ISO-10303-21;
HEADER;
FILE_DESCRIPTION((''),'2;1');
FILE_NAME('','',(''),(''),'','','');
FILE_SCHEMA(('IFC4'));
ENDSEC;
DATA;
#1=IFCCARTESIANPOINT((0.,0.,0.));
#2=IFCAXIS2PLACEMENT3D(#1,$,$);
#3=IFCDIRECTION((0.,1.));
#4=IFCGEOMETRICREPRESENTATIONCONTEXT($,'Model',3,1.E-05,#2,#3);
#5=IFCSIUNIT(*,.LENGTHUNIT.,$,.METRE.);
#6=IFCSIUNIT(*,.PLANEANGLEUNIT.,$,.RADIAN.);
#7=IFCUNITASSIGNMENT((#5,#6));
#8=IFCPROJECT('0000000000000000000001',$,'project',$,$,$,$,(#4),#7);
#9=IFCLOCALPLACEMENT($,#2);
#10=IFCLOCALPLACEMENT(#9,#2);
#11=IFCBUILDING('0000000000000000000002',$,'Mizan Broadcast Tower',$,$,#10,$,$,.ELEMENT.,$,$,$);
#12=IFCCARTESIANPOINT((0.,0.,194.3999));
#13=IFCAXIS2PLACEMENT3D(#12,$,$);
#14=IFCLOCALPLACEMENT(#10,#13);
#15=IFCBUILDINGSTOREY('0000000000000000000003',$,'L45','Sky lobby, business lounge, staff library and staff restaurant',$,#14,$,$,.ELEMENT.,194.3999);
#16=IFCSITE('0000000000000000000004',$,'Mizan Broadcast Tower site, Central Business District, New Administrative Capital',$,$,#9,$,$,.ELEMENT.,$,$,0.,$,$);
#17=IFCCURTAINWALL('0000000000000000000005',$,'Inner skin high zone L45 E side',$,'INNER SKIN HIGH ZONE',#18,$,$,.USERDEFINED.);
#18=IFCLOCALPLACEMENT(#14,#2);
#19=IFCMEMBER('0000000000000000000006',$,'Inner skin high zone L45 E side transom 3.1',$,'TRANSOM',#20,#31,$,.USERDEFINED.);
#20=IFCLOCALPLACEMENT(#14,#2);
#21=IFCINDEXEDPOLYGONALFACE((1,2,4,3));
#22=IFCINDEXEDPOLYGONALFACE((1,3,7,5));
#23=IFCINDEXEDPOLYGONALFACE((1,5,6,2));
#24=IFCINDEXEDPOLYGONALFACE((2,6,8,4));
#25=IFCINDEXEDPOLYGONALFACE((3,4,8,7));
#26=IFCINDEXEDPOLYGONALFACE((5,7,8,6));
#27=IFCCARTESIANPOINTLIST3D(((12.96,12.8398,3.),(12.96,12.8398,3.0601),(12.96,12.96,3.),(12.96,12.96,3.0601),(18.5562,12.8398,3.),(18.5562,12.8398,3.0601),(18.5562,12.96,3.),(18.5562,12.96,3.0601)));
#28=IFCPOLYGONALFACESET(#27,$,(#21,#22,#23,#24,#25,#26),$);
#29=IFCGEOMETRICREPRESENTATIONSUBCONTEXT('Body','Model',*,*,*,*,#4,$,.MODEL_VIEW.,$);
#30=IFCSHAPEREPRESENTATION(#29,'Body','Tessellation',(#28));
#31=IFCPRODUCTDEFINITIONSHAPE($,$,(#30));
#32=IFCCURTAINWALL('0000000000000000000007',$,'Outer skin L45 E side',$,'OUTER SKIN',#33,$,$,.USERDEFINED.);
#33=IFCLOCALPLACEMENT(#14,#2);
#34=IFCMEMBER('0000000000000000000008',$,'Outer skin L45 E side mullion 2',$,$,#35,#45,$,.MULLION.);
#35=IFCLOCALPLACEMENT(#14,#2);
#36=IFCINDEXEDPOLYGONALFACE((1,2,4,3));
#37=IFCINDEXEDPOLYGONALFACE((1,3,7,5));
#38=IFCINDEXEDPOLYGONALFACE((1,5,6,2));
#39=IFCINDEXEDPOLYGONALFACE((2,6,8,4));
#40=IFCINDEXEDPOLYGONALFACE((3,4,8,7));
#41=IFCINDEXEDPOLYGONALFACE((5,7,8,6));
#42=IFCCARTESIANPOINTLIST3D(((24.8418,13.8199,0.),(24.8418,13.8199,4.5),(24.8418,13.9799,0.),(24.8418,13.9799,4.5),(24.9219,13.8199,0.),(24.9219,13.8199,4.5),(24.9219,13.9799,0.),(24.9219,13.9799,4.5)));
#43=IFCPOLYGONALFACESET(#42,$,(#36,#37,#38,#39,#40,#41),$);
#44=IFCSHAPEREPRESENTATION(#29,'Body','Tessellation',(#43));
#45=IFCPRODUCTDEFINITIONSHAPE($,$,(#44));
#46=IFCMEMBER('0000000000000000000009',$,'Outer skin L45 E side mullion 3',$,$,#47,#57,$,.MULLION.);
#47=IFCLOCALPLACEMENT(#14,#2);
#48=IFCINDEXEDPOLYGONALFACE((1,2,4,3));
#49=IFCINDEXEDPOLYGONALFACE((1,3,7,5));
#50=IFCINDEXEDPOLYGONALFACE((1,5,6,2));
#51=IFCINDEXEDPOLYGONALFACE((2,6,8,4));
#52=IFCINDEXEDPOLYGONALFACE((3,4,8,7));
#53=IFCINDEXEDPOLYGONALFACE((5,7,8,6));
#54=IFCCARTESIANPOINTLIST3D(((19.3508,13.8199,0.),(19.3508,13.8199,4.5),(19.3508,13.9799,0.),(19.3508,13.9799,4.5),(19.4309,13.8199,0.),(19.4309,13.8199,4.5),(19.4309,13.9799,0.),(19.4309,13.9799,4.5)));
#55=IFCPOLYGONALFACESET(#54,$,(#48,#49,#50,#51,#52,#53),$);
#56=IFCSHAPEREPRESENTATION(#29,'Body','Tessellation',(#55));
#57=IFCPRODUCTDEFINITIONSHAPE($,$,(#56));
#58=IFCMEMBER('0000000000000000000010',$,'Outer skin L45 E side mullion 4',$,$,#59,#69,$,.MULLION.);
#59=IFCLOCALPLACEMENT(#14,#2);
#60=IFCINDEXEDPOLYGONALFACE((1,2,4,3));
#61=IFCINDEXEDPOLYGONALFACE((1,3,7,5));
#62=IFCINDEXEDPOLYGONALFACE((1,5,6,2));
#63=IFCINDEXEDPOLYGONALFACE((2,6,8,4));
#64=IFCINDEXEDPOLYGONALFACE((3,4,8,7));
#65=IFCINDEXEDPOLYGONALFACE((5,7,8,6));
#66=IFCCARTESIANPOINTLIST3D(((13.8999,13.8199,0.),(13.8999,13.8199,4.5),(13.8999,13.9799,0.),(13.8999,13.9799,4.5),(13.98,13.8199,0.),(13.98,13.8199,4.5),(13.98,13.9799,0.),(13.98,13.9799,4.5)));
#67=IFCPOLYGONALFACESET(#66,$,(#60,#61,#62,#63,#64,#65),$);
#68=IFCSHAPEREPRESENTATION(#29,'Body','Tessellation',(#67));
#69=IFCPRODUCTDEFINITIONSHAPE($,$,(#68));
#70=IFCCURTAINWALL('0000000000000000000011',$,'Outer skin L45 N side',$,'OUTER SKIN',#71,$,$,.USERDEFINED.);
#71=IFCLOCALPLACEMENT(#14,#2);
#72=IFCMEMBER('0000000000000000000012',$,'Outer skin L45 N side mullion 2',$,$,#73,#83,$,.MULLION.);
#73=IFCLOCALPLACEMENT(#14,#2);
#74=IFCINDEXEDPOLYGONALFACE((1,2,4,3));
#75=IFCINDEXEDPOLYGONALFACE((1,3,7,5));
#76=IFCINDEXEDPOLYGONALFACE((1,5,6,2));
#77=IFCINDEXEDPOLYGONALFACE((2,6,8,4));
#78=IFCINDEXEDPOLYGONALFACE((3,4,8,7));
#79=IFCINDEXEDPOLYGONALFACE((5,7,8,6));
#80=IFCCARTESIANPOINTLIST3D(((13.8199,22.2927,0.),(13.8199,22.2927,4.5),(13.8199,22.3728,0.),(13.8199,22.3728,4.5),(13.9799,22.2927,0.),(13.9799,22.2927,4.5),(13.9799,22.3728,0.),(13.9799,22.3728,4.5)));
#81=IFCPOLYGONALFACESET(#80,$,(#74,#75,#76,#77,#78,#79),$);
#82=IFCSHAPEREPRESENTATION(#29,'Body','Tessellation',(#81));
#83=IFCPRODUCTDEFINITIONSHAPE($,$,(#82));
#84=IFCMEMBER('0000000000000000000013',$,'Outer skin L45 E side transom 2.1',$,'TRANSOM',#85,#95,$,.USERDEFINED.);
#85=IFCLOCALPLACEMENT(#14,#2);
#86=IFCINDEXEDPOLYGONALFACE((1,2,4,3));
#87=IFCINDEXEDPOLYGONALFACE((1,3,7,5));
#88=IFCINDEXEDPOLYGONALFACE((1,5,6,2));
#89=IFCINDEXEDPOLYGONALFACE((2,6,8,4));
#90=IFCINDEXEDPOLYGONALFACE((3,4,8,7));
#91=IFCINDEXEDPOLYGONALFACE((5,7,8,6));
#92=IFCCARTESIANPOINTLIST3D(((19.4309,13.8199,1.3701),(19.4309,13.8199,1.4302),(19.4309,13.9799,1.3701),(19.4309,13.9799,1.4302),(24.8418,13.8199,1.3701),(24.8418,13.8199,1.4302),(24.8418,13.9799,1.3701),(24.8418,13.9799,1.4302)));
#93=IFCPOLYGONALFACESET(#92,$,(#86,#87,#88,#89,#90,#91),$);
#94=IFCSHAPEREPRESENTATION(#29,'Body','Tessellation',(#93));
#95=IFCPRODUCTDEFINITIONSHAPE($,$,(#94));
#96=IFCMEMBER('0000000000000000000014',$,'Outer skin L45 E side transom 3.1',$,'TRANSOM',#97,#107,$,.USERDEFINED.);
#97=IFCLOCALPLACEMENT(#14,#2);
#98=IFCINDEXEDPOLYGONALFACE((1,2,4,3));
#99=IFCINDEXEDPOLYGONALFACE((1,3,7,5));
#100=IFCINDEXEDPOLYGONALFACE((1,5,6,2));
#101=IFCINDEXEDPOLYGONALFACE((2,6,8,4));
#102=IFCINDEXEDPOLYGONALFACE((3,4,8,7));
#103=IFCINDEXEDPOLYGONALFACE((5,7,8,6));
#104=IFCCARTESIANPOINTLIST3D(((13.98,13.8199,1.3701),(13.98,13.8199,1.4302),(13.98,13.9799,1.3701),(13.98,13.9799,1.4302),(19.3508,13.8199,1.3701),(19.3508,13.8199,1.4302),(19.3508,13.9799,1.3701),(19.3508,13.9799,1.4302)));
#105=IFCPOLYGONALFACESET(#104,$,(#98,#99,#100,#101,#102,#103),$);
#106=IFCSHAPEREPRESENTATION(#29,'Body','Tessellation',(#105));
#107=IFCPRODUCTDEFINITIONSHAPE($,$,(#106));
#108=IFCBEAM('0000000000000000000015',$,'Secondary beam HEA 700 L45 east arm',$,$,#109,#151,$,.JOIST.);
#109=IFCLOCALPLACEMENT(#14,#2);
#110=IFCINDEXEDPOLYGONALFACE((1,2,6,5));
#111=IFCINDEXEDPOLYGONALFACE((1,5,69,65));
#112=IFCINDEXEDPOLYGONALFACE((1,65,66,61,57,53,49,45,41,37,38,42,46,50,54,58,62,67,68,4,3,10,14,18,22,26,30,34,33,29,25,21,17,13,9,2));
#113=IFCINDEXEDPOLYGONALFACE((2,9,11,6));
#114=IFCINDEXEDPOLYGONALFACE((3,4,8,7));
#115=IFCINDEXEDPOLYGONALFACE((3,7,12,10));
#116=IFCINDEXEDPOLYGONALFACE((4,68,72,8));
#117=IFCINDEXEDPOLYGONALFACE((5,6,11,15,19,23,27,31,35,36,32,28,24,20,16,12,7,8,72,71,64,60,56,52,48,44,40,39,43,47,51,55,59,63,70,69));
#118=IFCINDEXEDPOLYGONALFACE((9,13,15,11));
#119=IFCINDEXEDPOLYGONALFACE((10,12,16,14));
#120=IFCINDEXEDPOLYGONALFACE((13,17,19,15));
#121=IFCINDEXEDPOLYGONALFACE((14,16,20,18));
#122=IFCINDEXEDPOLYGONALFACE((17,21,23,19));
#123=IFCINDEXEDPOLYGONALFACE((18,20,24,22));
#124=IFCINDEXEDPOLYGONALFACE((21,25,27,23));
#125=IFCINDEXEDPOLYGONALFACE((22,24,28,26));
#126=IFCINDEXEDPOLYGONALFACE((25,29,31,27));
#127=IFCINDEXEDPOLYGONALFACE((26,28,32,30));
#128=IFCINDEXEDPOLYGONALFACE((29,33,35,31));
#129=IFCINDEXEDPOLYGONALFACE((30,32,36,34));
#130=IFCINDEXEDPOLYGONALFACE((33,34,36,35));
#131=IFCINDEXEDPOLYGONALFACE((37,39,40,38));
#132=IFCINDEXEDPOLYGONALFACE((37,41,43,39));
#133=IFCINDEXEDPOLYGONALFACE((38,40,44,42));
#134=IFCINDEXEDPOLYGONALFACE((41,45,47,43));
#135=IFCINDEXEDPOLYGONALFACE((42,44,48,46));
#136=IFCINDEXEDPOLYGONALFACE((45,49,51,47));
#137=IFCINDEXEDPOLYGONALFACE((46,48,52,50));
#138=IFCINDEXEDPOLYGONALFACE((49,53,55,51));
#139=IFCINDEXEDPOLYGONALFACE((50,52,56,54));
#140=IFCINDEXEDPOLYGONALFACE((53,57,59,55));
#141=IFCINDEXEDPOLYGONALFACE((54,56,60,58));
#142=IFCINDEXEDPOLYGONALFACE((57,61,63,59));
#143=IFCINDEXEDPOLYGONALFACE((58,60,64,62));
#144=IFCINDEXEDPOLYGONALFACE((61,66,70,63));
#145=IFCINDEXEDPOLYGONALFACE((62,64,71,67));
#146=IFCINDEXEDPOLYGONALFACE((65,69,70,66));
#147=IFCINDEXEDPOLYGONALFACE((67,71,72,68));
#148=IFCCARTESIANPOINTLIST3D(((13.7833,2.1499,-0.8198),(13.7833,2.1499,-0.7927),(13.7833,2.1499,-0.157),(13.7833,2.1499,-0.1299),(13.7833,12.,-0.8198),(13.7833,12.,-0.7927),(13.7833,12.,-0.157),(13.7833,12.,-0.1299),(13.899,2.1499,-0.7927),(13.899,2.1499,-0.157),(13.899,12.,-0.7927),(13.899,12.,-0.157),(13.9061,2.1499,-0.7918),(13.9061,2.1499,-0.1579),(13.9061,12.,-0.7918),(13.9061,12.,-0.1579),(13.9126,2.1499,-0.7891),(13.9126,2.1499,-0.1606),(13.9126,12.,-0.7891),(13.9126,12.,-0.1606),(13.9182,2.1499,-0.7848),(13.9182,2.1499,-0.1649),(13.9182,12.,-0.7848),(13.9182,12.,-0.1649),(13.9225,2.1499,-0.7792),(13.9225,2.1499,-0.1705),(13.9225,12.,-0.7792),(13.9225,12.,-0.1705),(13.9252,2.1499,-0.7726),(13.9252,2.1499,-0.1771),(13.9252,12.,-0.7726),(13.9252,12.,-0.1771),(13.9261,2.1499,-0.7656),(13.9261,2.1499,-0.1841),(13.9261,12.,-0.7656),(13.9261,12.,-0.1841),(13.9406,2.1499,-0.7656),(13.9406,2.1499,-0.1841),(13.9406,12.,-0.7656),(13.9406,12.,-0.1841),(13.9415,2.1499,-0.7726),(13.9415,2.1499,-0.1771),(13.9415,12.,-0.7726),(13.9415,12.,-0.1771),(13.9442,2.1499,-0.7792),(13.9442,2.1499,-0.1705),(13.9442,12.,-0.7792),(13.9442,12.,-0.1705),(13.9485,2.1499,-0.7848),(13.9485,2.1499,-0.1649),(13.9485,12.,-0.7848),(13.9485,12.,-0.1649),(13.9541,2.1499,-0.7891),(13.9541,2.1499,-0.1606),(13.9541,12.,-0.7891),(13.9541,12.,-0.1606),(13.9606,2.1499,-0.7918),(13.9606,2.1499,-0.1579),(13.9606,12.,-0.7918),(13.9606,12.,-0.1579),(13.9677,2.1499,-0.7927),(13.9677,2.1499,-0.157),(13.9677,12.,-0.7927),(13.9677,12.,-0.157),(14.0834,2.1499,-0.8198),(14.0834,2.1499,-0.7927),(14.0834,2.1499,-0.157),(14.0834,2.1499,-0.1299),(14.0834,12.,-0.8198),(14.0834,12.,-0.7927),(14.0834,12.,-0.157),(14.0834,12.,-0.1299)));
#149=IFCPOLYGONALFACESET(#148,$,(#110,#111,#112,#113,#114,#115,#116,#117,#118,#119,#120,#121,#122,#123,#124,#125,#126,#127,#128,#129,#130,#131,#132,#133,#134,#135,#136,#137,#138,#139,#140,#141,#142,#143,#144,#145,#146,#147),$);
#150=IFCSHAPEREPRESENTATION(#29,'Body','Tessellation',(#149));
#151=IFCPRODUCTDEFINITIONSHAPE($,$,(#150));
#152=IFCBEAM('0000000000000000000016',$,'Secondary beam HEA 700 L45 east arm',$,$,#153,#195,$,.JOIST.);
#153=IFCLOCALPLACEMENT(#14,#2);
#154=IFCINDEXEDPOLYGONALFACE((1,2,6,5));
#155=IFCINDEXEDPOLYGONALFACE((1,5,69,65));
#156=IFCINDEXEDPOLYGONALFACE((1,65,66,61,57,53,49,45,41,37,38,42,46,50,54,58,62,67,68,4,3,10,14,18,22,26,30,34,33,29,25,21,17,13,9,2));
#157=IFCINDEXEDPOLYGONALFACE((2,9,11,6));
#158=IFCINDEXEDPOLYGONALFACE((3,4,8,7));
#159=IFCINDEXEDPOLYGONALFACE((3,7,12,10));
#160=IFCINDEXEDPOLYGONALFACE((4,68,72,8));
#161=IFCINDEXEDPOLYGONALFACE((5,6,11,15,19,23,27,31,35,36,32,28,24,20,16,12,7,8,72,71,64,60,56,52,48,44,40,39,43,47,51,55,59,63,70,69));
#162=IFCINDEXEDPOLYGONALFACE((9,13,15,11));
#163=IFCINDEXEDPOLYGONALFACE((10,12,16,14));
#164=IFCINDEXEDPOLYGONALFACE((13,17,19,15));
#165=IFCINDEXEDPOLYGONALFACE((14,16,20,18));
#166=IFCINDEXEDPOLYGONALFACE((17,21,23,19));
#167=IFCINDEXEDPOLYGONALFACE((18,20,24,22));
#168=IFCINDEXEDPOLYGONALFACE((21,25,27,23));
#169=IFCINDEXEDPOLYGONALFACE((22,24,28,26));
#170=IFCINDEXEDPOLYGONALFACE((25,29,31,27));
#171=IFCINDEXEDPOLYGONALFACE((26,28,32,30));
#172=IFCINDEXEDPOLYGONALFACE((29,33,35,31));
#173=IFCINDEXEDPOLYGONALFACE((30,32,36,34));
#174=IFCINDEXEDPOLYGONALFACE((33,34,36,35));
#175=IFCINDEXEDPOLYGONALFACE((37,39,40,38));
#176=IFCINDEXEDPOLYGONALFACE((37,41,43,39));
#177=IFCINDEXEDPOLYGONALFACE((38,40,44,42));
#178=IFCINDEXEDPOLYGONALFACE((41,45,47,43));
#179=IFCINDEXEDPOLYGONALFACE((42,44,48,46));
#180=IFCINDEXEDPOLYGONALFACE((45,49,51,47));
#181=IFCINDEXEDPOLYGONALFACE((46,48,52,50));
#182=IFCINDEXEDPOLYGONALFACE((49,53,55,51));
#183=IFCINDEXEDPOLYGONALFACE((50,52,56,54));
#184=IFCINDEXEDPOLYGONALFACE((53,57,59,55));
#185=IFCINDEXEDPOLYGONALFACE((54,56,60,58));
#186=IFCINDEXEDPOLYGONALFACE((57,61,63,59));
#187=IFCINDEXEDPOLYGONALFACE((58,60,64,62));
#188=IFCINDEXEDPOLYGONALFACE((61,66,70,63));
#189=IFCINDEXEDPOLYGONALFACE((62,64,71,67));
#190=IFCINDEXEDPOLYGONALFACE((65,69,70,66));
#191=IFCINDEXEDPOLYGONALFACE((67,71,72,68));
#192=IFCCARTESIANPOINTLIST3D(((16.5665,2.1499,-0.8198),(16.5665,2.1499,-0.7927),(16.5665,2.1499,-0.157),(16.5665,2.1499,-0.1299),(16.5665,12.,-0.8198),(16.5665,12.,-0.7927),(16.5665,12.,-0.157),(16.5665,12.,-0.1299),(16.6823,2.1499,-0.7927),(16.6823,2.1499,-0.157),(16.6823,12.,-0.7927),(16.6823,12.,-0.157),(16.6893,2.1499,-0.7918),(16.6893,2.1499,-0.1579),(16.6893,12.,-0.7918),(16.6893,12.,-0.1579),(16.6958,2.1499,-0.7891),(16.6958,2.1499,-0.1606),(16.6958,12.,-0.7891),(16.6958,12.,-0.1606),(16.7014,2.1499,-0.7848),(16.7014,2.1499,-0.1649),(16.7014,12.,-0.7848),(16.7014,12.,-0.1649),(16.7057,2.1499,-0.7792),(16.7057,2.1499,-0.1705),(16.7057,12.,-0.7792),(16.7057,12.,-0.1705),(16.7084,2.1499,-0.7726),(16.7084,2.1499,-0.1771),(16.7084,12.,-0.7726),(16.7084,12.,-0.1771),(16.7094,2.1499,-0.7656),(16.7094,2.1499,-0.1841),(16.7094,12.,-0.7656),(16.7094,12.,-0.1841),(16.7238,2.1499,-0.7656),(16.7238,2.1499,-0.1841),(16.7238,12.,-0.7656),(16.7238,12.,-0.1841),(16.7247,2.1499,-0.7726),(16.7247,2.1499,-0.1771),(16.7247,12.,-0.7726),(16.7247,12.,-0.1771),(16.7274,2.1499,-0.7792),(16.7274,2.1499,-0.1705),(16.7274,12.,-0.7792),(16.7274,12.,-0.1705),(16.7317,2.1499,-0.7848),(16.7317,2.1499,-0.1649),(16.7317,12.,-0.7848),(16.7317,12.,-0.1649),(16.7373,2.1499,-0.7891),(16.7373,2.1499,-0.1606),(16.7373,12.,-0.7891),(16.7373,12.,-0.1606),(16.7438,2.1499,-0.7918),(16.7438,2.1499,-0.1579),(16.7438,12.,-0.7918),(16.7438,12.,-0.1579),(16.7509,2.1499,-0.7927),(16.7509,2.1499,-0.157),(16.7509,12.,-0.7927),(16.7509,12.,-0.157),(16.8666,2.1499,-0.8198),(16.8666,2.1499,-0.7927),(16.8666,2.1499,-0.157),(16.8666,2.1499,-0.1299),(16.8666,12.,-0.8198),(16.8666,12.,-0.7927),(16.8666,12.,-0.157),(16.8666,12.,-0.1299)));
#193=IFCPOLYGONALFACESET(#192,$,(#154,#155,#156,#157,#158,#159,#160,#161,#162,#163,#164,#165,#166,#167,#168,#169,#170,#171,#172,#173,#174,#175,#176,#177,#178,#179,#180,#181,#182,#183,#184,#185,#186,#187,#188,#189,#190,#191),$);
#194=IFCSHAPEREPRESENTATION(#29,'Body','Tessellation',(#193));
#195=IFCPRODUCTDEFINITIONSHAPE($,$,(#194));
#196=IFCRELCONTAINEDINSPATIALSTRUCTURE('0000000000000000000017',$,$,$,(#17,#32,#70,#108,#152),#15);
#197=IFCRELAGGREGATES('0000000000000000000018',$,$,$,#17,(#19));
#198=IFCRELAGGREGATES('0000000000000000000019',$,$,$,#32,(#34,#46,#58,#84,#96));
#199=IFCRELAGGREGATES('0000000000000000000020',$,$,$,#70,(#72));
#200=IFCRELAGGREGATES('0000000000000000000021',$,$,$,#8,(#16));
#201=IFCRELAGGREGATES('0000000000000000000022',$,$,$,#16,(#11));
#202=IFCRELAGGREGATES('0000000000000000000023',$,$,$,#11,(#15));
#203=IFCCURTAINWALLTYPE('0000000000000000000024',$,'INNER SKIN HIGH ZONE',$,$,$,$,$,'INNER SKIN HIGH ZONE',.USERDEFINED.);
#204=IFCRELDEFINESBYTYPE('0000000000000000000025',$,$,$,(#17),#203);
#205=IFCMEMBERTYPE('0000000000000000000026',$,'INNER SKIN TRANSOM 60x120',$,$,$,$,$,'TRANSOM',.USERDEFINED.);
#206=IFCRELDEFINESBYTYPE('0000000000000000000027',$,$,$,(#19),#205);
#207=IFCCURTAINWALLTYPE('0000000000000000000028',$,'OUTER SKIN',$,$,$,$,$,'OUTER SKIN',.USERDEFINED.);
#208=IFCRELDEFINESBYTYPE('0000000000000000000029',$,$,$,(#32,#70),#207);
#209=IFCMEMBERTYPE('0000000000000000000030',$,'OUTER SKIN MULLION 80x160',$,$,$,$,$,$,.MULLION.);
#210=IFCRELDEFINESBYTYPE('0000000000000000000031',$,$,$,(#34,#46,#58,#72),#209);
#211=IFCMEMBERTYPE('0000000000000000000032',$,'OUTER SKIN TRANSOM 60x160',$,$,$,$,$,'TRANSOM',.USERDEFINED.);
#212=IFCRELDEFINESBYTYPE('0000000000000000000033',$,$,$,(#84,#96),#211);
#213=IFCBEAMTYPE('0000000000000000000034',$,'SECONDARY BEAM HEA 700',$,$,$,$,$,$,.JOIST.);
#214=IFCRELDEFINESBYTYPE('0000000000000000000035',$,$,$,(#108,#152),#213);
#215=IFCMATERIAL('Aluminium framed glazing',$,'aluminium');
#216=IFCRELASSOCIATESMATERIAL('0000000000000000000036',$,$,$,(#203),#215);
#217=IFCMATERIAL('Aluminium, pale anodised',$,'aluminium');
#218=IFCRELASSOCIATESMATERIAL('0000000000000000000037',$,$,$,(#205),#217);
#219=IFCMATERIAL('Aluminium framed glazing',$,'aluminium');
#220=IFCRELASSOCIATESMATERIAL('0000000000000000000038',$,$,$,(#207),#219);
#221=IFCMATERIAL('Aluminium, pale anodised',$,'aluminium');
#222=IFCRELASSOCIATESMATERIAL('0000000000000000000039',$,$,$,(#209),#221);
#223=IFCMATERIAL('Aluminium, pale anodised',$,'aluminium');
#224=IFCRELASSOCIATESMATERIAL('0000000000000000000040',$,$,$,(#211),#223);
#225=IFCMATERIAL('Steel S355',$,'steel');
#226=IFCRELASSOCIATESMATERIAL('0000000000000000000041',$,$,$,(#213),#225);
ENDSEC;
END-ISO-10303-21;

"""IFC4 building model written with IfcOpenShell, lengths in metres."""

from ifc_helpers import new_model, si_unit, direction, frame, origin, origin_2d, place, context, subcontext, project, spatial, rectangle, i_section, extrude, material, material_profile, profile_set, type_object, element, aggregate, save


model = new_model("IFC4")

# Units and contexts
model_context = context("Model", 3, precision=1e-05, world=origin(), true_north=direction((0.0, 1.0)))
body_context = subcontext(model_context, "Body", "Model", "MODEL_VIEW")
ifc_project = project(units=[si_unit("LENGTHUNIT", "METRE"), si_unit("PLANEANGLEUNIT", "RADIAN")], contexts=[model_context])

# Site, building, storey
site_placement = place(None, origin())
site = spatial("IfcSite", under=ifc_project, at=site_placement, Name="Mizan Broadcast Tower site, Central Business District, New Administrative Capital", CompositionType="ELEMENT", RefElevation=0.0)
building_placement = place(site_placement, origin())
building = spatial("IfcBuilding", under=site, at=building_placement, Name="Mizan Broadcast Tower", CompositionType="ELEMENT")
storey_placement = place(building_placement, frame((0.0, 0.0, 194.3999)))
storey = spatial("IfcBuildingStorey", under=building, at=storey_placement, Name="L45", Description="Sky lobby, business lounge, staff library and staff restaurant", CompositionType="ELEMENT", Elevation=194.3999)

# Curtain walls, members
ifc_material_1 = material(Name="Aluminium framed glazing", Category="aluminium")
curtain_wall_type_1 = type_object("IfcCurtainWallType", Name="INNER SKIN HIGH ZONE", ElementType="INNER SKIN HIGH ZONE", PredefinedType="USERDEFINED", material=ifc_material_1)
curtain_wall_1_placement = place(storey_placement, origin())
curtain_wall_1 = element("IfcCurtainWall", 1, at=curtain_wall_1_placement, inside=storey, type_object=curtain_wall_type_1, Name="Inner skin high zone L45 E side", ObjectType="INNER SKIN HIGH ZONE", PredefinedType="USERDEFINED")
ifc_material_2 = material(Name="Aluminium, pale anodised", Category="aluminium")
ifc_material_profile_1 = material_profile(ifc_material_2, rectangle(XDim=0.1201, YDim=0.0601, at=origin_2d()), Name="TRANSOM 120x60")
ifc_profile_set_1 = profile_set([ifc_material_profile_1], Name="Aluminium, pale anodised")
member_type_1 = type_object("IfcMemberType", Name="INNER SKIN TRANSOM 60x120", ElementType="TRANSOM", PredefinedType="USERDEFINED", material=ifc_profile_set_1)
member_1_placement = place(storey_placement, frame((18.5562, 12.8999, 3.03), z_axis=(-1.0, 0.0, 0.0), x_axis=(0.0, -1.0, 0.0)))
member_1 = element("IfcMember", 2, at=member_1_placement, type_object=member_type_1, Name="Inner skin high zone L45 E side transom 3.1", ObjectType="TRANSOM", PredefinedType="USERDEFINED", context=body_context, shape_type="SweptSolid", body=[
    extrude(rectangle(XDim=0.1201, YDim=0.0601, at=origin_2d()), origin(), (0.0, 0.0, 1.0), 5.5962),
])
ifc_material_3 = material(Name="Aluminium framed glazing", Category="aluminium")
curtain_wall_type_2 = type_object("IfcCurtainWallType", Name="OUTER SKIN", ElementType="OUTER SKIN", PredefinedType="USERDEFINED", material=ifc_material_3)
curtain_wall_2_placement = place(storey_placement, origin())
curtain_wall_2 = element("IfcCurtainWall", 3, at=curtain_wall_2_placement, inside=storey, type_object=curtain_wall_type_2, Name="Outer skin L45 E side", ObjectType="OUTER SKIN", PredefinedType="USERDEFINED")
ifc_material_4 = material(Name="Aluminium, pale anodised", Category="aluminium")
ifc_material_profile_2 = material_profile(ifc_material_4, rectangle(XDim=0.1599, YDim=0.0801, at=origin_2d()), Name="MULLION 160x80")
ifc_profile_set_2 = profile_set([ifc_material_profile_2], Name="Aluminium, pale anodised")
member_type_2 = type_object("IfcMemberType", Name="OUTER SKIN MULLION 80x160", PredefinedType="MULLION", material=ifc_profile_set_2)
member_2_placement = place(storey_placement, frame((24.8818, 13.8999, 0.0), z_axis=(0.0, 0.0, 1.0), x_axis=(0.0, -1.0, 0.0)))
member_2 = element("IfcMember", 4, at=member_2_placement, type_object=member_type_2, Name="Outer skin L45 E side mullion 2", PredefinedType="MULLION", context=body_context, shape_type="SweptSolid", body=[
    extrude(rectangle(XDim=0.1599, YDim=0.0801, at=origin_2d()), origin(), (0.0, 0.0, 1.0), 4.5),
])
member_3_placement = place(storey_placement, frame((19.3909, 13.8999, 0.0), z_axis=(0.0, 0.0, 1.0), x_axis=(0.0, -1.0, 0.0)))
member_3 = element("IfcMember", 5, at=member_3_placement, type_object=member_type_2, Name="Outer skin L45 E side mullion 3", PredefinedType="MULLION", context=body_context, shape_type="SweptSolid", body=[
    extrude(rectangle(XDim=0.1599, YDim=0.0801, at=origin_2d()), origin(), (0.0, 0.0, 1.0), 4.5),
])
member_4_placement = place(storey_placement, frame((13.9399, 13.8999, 0.0), z_axis=(0.0, 0.0, 1.0), x_axis=(0.0, -1.0, 0.0)))
member_4 = element("IfcMember", 6, at=member_4_placement, type_object=member_type_2, Name="Outer skin L45 E side mullion 4", PredefinedType="MULLION", context=body_context, shape_type="SweptSolid", body=[
    extrude(rectangle(XDim=0.1599, YDim=0.0801, at=origin_2d()), origin(), (0.0, 0.0, 1.0), 4.5),
])

# Curtain wall, member
curtain_wall_3_placement = place(storey_placement, origin())
curtain_wall_3 = element("IfcCurtainWall", 7, at=curtain_wall_3_placement, inside=storey, type_object=curtain_wall_type_2, Name="Outer skin L45 N side", ObjectType="OUTER SKIN", PredefinedType="USERDEFINED")
member_5_placement = place(storey_placement, frame((13.8999, 22.3328, 0.0), z_axis=(0.0, 0.0, 1.0), x_axis=(-1.0, 0.0, 0.0)))
member_5 = element("IfcMember", 8, at=member_5_placement, type_object=member_type_2, Name="Outer skin L45 N side mullion 2", PredefinedType="MULLION", context=body_context, shape_type="SweptSolid", body=[
    extrude(rectangle(XDim=0.1599, YDim=0.0801, at=origin_2d()), origin(), (0.0, 0.0, 1.0), 4.5),
])

# Members
ifc_material_5 = material(Name="Aluminium, pale anodised", Category="aluminium")
ifc_material_profile_3 = material_profile(ifc_material_5, rectangle(XDim=0.1599, YDim=0.0601, at=origin_2d()), Name="TRANSOM 160x60")
ifc_profile_set_3 = profile_set([ifc_material_profile_3], Name="Aluminium, pale anodised")
member_type_3 = type_object("IfcMemberType", Name="OUTER SKIN TRANSOM 60x160", ElementType="TRANSOM", PredefinedType="USERDEFINED", material=ifc_profile_set_3)
member_6_placement = place(storey_placement, frame((24.8418, 13.8999, 1.4001), z_axis=(-1.0, 0.0, 0.0), x_axis=(0.0, -1.0, 0.0)))
member_6 = element("IfcMember", 9, at=member_6_placement, type_object=member_type_3, Name="Outer skin L45 E side transom 2.1", ObjectType="TRANSOM", PredefinedType="USERDEFINED", context=body_context, shape_type="SweptSolid", body=[
    extrude(rectangle(XDim=0.1599, YDim=0.0601, at=origin_2d()), origin(), (0.0, 0.0, 1.0), 5.4109),
])
member_7_placement = place(storey_placement, frame((19.3508, 13.8999, 1.4001), z_axis=(-1.0, 0.0, 0.0), x_axis=(0.0, -1.0, 0.0)))
member_7 = element("IfcMember", 10, at=member_7_placement, type_object=member_type_3, Name="Outer skin L45 E side transom 3.1", ObjectType="TRANSOM", PredefinedType="USERDEFINED", context=body_context, shape_type="SweptSolid", body=[
    extrude(rectangle(XDim=0.1599, YDim=0.0601, at=origin_2d()), origin(), (0.0, 0.0, 1.0), 5.3708),
])

# Beams
ifc_material_6 = material(Name="Steel S355", Category="steel")
ifc_material_profile_4 = material_profile(ifc_material_6, i_section(OverallWidth=0.3, OverallDepth=0.6899, WebThickness=0.0144, FlangeThickness=0.0271, FilletRadius=0.0271, at=origin_2d()), Name="HEA 700")
ifc_profile_set_4 = profile_set([ifc_material_profile_4], Name="Steel S355")
beam_type_1 = type_object("IfcBeamType", Name="SECONDARY BEAM HEA 700", PredefinedType="JOIST", material=ifc_profile_set_4)
for number, where, z_axis, x_axis, name in (
    (11, (13.9333, 12.0, -0.4749), (0.0, -1.0, 0.0), (1.0, 0.0, 0.0), "Secondary beam HEA 700 L45 east arm"),
    (12, (16.7166, 12.0, -0.4749), (0.0, -1.0, 0.0), (1.0, 0.0, 0.0), "Secondary beam HEA 700 L45 east arm"),
):
    element("IfcBeam", number, at=place(storey_placement, frame(where, z_axis=z_axis, x_axis=x_axis)), inside=storey, type_object=beam_type_1, Name=name, PredefinedType="JOIST", context=body_context, shape_type="SweptSolid", body=[
        extrude(i_section(OverallWidth=0.3, OverallDepth=0.6899, WebThickness=0.0144, FlangeThickness=0.0271, FilletRadius=0.0271, at=origin_2d()), origin(), (0.0, 0.0, 1.0), 9.8501),
    ])

aggregate(curtain_wall_1, [member_1])
aggregate(curtain_wall_2, [member_2, member_3, member_4, member_6, member_7])
aggregate(curtain_wall_3, [member_5])

save(model, "model.ifc")
